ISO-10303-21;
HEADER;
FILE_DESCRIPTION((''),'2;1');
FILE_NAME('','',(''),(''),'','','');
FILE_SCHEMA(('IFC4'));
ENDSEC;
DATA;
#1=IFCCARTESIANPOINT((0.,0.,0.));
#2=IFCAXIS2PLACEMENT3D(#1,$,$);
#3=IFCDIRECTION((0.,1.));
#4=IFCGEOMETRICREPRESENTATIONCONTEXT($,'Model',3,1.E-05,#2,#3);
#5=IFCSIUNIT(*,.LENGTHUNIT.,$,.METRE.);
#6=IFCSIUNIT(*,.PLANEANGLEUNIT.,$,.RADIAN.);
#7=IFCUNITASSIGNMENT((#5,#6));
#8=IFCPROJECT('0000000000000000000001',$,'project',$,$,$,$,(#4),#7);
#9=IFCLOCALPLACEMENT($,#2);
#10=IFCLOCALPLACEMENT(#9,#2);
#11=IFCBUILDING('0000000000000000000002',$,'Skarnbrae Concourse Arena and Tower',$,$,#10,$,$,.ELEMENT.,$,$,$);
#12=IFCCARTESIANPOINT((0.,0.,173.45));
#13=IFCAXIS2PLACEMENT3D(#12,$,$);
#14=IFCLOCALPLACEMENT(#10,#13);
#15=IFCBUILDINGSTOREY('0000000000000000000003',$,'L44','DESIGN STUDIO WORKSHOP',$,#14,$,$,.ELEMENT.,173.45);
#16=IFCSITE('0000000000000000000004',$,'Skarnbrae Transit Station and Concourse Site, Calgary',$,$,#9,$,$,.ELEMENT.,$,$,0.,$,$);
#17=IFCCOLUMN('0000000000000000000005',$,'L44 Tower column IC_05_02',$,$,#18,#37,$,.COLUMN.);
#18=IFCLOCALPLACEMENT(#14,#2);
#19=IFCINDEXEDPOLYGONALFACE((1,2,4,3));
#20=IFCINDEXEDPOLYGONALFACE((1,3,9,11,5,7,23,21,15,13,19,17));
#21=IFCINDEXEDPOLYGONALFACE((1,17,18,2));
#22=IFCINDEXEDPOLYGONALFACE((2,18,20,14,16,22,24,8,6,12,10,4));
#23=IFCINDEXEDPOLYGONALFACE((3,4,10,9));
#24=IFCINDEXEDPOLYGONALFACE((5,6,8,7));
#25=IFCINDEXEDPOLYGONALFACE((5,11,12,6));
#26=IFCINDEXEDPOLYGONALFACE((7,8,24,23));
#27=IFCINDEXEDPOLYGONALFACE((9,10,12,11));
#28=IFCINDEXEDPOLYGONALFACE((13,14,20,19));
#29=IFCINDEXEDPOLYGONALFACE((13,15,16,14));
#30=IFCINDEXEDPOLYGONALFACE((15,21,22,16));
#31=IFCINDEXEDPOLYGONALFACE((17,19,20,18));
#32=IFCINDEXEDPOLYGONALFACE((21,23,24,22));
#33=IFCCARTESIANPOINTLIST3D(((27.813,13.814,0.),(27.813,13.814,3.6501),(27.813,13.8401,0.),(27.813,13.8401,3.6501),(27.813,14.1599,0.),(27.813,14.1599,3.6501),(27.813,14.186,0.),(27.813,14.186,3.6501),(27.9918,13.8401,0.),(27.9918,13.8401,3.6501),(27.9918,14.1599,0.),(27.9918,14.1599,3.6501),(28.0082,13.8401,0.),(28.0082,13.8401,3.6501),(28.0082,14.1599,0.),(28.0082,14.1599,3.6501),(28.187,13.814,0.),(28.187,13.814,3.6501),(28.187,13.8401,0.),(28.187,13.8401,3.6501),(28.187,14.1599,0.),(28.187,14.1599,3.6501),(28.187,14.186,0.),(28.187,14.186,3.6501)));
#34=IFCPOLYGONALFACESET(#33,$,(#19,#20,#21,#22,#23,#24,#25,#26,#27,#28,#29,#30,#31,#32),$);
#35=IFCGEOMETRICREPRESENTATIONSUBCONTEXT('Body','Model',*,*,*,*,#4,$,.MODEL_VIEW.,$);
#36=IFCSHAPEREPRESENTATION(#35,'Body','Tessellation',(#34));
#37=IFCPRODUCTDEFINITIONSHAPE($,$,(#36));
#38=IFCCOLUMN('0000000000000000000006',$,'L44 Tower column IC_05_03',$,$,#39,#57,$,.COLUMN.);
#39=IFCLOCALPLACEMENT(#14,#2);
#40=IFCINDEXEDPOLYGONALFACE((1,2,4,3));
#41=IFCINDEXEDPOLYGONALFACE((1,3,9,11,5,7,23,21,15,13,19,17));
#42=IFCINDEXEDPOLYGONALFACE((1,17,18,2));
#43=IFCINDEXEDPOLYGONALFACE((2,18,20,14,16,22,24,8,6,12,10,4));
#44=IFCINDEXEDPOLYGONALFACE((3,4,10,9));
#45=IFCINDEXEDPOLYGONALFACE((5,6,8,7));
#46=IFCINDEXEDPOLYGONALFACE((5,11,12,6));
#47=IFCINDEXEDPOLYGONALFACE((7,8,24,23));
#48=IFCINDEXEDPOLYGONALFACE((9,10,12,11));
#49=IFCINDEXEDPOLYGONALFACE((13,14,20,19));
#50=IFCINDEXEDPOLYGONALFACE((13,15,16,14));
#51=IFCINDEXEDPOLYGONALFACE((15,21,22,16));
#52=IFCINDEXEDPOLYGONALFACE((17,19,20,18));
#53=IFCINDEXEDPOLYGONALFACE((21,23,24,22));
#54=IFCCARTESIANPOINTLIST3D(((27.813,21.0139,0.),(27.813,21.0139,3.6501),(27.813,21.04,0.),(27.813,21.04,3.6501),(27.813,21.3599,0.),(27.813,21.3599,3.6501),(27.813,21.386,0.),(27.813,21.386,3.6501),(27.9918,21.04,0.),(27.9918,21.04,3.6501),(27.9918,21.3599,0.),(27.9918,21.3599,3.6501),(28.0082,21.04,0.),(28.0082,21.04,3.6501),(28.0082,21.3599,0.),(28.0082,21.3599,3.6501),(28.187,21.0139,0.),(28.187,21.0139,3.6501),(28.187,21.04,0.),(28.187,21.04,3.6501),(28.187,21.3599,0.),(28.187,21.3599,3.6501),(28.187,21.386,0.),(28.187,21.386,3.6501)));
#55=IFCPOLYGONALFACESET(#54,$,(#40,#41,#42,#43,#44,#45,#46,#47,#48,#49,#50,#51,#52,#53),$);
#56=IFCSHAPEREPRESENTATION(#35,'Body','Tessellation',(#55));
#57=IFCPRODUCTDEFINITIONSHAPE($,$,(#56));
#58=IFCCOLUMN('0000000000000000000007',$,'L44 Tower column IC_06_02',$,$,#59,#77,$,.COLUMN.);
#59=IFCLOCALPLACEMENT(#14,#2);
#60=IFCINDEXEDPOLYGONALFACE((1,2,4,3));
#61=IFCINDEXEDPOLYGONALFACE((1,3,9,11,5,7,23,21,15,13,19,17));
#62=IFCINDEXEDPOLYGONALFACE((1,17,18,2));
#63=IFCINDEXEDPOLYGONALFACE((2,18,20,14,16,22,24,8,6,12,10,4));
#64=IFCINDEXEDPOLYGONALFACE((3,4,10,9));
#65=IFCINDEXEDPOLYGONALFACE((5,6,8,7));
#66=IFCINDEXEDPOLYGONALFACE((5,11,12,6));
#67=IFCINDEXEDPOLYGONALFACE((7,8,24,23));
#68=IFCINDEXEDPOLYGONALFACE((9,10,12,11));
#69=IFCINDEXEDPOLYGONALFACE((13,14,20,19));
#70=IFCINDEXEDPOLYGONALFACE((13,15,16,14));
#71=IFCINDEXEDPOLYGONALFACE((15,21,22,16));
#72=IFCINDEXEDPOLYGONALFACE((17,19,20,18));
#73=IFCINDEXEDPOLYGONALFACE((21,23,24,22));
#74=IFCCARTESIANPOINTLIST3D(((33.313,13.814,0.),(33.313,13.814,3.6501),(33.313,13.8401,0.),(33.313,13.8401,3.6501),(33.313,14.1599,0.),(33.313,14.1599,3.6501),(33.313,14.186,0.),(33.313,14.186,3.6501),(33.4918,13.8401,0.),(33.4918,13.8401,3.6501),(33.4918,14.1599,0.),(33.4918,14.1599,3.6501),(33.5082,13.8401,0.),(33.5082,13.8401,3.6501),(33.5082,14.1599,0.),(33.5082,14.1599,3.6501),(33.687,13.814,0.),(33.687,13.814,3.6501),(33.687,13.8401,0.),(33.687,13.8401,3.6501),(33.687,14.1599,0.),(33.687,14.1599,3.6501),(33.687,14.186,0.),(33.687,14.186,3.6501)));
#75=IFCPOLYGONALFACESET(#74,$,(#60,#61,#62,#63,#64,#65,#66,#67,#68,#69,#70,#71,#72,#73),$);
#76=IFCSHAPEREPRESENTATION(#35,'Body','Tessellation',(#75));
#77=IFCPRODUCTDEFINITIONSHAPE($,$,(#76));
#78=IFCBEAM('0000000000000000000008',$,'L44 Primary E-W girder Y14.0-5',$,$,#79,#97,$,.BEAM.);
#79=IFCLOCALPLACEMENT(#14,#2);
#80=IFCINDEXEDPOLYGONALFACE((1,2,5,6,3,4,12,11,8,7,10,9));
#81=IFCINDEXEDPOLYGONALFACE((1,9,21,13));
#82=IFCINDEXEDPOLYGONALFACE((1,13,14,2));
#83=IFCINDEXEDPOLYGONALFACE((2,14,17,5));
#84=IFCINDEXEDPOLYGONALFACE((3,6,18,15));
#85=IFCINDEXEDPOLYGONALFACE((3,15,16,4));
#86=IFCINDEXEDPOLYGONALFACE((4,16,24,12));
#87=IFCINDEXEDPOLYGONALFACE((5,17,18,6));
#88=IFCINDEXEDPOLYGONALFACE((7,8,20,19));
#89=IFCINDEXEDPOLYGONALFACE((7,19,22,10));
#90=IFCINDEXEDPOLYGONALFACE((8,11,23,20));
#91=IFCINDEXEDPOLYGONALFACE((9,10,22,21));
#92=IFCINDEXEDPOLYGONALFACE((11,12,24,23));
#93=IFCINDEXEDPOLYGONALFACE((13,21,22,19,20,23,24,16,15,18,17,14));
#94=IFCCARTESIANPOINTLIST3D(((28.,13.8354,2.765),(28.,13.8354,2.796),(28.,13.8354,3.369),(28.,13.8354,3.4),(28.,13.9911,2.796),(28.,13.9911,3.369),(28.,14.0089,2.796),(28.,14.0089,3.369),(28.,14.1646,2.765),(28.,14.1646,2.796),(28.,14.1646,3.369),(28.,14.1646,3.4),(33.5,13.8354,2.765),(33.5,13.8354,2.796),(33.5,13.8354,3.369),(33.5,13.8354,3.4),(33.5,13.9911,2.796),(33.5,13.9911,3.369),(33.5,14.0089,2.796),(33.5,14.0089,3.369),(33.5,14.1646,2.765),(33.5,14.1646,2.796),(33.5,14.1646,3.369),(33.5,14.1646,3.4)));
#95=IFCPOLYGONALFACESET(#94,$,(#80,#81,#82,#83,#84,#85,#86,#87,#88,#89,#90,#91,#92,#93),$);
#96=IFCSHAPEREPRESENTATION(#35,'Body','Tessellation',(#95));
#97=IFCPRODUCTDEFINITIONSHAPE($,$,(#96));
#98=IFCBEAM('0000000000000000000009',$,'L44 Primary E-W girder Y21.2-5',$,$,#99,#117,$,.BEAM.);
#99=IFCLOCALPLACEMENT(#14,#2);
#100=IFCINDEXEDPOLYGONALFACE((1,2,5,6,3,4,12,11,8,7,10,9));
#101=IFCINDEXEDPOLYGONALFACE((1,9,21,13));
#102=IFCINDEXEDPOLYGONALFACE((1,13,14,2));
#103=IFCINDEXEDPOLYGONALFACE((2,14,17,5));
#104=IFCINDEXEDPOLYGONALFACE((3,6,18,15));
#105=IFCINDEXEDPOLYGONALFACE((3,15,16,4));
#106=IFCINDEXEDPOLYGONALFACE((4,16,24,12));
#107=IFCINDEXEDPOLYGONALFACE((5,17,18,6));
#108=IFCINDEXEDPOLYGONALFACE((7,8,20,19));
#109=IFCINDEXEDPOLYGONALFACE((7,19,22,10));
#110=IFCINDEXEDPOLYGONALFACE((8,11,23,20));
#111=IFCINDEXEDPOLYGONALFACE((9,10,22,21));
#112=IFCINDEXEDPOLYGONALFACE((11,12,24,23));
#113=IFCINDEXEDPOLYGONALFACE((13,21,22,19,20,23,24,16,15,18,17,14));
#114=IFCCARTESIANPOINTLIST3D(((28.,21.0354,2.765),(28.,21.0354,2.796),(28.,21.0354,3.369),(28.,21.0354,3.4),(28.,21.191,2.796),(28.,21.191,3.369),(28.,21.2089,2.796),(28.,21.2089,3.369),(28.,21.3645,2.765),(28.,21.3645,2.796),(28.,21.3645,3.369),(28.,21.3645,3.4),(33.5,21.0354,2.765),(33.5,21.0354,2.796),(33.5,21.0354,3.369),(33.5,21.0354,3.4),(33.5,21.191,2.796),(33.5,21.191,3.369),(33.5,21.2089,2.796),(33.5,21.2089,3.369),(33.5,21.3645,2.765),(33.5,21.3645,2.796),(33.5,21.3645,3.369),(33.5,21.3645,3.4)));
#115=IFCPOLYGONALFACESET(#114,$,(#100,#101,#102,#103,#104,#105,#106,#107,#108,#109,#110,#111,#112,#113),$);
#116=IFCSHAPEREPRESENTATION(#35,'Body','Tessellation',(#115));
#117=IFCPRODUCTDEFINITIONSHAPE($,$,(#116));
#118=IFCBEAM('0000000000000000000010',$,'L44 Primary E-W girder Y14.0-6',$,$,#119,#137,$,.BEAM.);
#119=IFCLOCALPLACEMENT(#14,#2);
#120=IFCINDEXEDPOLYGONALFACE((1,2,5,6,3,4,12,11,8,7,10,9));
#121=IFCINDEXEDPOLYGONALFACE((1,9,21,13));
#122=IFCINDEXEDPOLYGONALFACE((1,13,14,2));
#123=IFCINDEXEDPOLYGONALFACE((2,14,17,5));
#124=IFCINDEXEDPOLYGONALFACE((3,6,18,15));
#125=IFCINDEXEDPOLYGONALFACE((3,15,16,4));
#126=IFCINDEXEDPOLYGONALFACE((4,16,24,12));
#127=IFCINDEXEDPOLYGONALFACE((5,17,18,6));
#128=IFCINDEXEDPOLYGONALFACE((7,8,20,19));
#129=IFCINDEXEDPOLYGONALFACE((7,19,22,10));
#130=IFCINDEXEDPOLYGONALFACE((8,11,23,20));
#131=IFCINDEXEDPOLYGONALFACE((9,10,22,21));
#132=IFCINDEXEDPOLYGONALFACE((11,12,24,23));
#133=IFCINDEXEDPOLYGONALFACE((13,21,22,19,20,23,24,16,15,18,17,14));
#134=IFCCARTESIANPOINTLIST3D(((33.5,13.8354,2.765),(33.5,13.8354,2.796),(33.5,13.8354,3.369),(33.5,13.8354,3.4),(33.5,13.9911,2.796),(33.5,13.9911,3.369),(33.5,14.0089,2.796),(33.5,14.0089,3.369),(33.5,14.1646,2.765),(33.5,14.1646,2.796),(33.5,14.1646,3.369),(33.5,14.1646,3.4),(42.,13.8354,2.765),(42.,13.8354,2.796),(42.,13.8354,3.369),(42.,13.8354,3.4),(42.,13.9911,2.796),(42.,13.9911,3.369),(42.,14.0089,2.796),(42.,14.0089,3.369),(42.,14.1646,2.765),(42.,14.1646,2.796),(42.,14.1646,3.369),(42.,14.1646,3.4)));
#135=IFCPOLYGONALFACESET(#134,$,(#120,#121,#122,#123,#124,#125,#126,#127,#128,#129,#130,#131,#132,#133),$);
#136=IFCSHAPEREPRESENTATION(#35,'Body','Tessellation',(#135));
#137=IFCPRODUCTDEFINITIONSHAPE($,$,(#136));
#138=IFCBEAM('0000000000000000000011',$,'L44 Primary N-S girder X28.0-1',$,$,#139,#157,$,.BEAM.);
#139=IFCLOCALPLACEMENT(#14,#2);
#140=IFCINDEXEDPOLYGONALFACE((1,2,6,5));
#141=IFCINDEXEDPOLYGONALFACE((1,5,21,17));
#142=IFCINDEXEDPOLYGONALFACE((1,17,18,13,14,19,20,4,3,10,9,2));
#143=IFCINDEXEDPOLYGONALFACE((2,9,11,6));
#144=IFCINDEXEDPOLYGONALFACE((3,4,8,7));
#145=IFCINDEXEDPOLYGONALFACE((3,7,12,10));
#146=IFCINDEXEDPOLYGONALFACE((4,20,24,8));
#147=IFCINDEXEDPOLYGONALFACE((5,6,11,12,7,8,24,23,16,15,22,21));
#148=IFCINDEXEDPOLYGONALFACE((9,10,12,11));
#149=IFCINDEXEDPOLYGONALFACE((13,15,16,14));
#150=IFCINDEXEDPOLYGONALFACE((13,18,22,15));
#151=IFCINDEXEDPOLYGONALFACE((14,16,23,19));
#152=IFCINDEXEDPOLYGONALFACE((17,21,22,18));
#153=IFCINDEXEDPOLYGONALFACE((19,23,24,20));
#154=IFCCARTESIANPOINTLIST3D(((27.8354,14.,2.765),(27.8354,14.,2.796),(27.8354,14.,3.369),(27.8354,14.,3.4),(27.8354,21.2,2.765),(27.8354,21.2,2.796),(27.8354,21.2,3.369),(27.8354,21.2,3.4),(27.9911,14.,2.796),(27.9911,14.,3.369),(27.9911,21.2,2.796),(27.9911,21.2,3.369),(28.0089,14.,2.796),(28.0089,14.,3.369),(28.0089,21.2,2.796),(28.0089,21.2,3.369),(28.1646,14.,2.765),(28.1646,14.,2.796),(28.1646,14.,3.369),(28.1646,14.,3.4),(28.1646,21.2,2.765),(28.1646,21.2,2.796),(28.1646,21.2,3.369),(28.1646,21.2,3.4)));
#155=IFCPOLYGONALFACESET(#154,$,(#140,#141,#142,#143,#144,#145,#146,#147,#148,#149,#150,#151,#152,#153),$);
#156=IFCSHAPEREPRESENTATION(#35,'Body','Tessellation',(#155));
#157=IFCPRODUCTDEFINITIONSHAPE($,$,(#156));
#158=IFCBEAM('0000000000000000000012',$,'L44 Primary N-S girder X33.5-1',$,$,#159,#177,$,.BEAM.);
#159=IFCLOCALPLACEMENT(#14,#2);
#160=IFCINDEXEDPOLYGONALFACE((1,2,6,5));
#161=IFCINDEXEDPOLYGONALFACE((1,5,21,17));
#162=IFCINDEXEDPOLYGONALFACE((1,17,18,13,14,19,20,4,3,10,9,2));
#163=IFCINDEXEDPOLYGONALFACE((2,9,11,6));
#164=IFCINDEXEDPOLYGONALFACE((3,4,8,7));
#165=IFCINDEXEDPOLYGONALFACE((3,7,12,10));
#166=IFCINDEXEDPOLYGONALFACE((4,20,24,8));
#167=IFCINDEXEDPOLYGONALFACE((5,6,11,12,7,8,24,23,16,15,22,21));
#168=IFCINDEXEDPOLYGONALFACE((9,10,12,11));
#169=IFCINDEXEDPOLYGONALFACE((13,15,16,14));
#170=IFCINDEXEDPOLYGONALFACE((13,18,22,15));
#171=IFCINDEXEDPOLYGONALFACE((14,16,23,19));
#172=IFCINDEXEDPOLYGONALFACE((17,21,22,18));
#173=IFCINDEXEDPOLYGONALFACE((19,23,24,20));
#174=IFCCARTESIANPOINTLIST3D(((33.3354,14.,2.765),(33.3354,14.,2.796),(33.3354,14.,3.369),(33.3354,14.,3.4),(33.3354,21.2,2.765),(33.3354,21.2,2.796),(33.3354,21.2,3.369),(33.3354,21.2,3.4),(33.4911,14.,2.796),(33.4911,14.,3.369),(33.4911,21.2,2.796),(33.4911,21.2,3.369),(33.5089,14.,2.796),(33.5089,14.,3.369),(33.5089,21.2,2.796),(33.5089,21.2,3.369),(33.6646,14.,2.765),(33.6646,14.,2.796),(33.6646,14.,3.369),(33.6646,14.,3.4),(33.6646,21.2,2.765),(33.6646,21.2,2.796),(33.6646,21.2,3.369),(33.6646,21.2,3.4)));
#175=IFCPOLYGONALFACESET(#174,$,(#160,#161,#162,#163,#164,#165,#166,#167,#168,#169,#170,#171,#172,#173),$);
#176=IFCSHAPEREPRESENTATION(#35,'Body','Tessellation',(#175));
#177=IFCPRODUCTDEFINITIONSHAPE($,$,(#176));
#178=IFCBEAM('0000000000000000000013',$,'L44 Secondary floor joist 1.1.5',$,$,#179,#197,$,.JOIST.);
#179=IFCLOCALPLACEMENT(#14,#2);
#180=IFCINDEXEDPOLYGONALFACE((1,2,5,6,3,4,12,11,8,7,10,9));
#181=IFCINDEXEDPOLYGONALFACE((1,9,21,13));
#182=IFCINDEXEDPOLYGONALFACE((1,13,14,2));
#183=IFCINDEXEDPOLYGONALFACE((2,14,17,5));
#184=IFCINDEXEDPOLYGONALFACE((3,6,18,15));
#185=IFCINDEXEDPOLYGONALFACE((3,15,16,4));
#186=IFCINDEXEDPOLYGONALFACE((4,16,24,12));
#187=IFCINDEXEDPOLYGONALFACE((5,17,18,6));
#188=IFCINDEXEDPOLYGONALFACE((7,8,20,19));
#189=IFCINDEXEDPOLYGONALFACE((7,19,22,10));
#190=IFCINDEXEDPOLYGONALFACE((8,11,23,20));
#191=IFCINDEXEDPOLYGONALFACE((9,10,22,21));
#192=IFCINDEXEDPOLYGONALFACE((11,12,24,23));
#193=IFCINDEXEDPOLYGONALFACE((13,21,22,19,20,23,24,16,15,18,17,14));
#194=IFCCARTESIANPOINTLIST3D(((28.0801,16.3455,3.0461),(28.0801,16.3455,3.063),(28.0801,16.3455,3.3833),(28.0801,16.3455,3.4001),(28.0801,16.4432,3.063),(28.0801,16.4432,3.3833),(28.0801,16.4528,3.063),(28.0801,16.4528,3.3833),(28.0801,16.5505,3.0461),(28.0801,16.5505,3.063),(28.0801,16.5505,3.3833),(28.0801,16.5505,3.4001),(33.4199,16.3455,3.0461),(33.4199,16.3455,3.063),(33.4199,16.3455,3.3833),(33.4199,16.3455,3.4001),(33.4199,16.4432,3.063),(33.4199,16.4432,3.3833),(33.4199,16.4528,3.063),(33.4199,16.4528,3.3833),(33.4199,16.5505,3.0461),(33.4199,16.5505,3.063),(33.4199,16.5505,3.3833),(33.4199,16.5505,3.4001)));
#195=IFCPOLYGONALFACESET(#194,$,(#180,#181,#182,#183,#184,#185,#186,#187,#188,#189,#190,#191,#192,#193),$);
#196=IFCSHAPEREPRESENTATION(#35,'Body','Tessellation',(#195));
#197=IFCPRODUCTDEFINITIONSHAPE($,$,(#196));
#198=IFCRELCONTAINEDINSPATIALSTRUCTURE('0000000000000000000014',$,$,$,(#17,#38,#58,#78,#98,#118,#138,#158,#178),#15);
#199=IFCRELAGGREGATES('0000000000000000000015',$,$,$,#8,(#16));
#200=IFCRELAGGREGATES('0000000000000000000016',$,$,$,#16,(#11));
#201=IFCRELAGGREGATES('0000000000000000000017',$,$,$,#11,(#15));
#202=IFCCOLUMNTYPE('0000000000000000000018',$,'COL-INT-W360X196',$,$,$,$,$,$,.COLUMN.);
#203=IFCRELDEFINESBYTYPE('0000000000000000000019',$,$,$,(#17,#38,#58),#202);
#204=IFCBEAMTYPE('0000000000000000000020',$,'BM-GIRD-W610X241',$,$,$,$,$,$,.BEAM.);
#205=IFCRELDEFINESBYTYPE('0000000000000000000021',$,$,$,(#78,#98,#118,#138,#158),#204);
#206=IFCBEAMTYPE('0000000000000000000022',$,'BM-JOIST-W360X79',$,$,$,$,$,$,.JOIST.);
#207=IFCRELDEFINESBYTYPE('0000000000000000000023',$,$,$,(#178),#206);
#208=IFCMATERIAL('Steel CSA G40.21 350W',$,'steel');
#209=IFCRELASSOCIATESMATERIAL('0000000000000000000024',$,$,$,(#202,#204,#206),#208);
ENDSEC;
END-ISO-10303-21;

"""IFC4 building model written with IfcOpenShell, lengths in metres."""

from ifc_helpers import new_model, si_unit, direction, frame, origin, origin_2d, place, context, subcontext, project, spatial, i_section, extrude, source, transform, mapped, material, material_profile, profile_set, type_object, element, save


model = new_model("IFC4")

# Units and contexts
model_context = context("Model", 3, precision=1e-05, world=origin(), true_north=direction((0.0, 1.0)))
body_context = subcontext(model_context, "Body", "Model", "MODEL_VIEW")
ifc_project = project(units=[si_unit("LENGTHUNIT", "METRE"), si_unit("PLANEANGLEUNIT", "RADIAN")], contexts=[model_context])

# Site, building, storey
site_placement = place(None, origin())
site = spatial("IfcSite", under=ifc_project, at=site_placement, Name="Skarnbrae Transit Station and Concourse Site, Calgary", CompositionType="ELEMENT", RefElevation=0.0)
building_placement = place(site_placement, origin())
building = spatial("IfcBuilding", under=site, at=building_placement, Name="Skarnbrae Concourse Arena and Tower", CompositionType="ELEMENT")
storey_placement = place(building_placement, frame((0.0, 0.0, 173.45)))
storey = spatial("IfcBuildingStorey", under=building, at=storey_placement, Name="L44", Description="DESIGN STUDIO WORKSHOP", CompositionType="ELEMENT", Elevation=173.45)

# Columns
ifc_material_1 = material(Name="Steel CSA G40.21 350W", Category="steel")
ifc_material_profile_1 = material_profile(ifc_material_1, i_section(OverallWidth=0.374, OverallDepth=0.3721, WebThickness=0.0164, FlangeThickness=0.0261, at=origin_2d()), Name="W360X196")
ifc_profile_set_1 = profile_set([ifc_material_profile_1], Name="Steel CSA G40.21 350W")
column_type = type_object("IfcColumnType", Name="COL-INT-W360X196", PredefinedType="COLUMN", material=ifc_profile_set_1)
shared_shape_1 = source(origin(), body_context, "Body", "SweptSolid", [
    extrude(i_section(OverallWidth=0.374, OverallDepth=0.3721, WebThickness=0.0164, FlangeThickness=0.0261, at=origin_2d()), origin(), (0.0, 0.0, 1.0), 3.6501),
])
for number, where, z_axis, x_axis, name in (
    (1, (28.0, 14.0, 0.0), (0.0, 0.0, 1.0), (1.0, 0.0, 0.0), "L44 Tower column IC_05_02"),
    (2, (28.0, 21.2, 0.0), (0.0, 0.0, 1.0), (1.0, 0.0, 0.0), "L44 Tower column IC_05_03"),
    (3, (33.5, 14.0, 0.0), (0.0, 0.0, 1.0), (1.0, 0.0, 0.0), "L44 Tower column IC_06_02"),
):
    element("IfcColumn", number, at=place(storey_placement, frame(where, z_axis=z_axis, x_axis=x_axis)), inside=storey, type_object=column_type, Name=name, PredefinedType="COLUMN", context=body_context, shape_type="MappedRepresentation", body=[
        mapped(shared_shape_1, transform((0.0, 0.0, 0.0))),
    ])

# Beams
ifc_material_profile_2 = material_profile(ifc_material_1, i_section(OverallWidth=0.3291, OverallDepth=0.635, WebThickness=0.0178, FlangeThickness=0.031, at=origin_2d()), Name="W610X241")
ifc_profile_set_2 = profile_set([ifc_material_profile_2], Name="Steel CSA G40.21 350W")
beam_type_1 = type_object("IfcBeamType", Name="BM-GIRD-W610X241", PredefinedType="BEAM", material=ifc_profile_set_2)
shared_shape_2 = source(origin(), body_context, "Body", "SweptSolid", [
    extrude(i_section(OverallWidth=0.3291, OverallDepth=0.635, WebThickness=0.0178, FlangeThickness=0.031, at=origin_2d()), origin(), (0.0, 0.0, 1.0), 5.5),
])
for number, where, z_axis, x_axis, name in (
    (4, (28.0, 14.0, 3.0825), (1.0, 0.0, 0.0), (0.0, 1.0, 0.0), "L44 Primary E-W girder Y14.0-5"),
    (5, (28.0, 21.2, 3.0825), (1.0, 0.0, 0.0), (0.0, 1.0, 0.0), "L44 Primary E-W girder Y21.2-5"),
):
    element("IfcBeam", number, at=place(storey_placement, frame(where, z_axis=z_axis, x_axis=x_axis)), inside=storey, type_object=beam_type_1, Name=name, PredefinedType="BEAM", context=body_context, shape_type="MappedRepresentation", body=[
        mapped(shared_shape_2, transform((0.0, 0.0, 0.0))),
    ])
shared_shape_3 = source(origin(), body_context, "Body", "SweptSolid", [
    extrude(i_section(OverallWidth=0.3291, OverallDepth=0.635, WebThickness=0.0178, FlangeThickness=0.031, at=origin_2d()), origin(), (0.0, 0.0, 1.0), 8.5),
])
beam_placement = place(storey_placement, frame((33.5, 14.0, 3.0825), z_axis=(1.0, 0.0, 0.0), x_axis=(0.0, 1.0, 0.0)))
element("IfcBeam", 6, at=beam_placement, inside=storey, type_object=beam_type_1, Name="L44 Primary E-W girder Y14.0-6", PredefinedType="BEAM", context=body_context, shape_type="MappedRepresentation", body=[
    mapped(shared_shape_3, transform((0.0, 0.0, 0.0))),
])
shared_shape_4 = source(origin(), body_context, "Body", "SweptSolid", [
    extrude(i_section(OverallWidth=0.3291, OverallDepth=0.635, WebThickness=0.0178, FlangeThickness=0.031, at=origin_2d()), origin(), (0.0, 0.0, 1.0), 7.2),
])
for number, where, z_axis, x_axis, name in (
    (7, (28.0, 14.0, 3.0825), (0.0, 1.0, 0.0), (-1.0, 0.0, 0.0), "L44 Primary N-S girder X28.0-1"),
    (8, (33.5, 14.0, 3.0825), (0.0, 1.0, 0.0), (-1.0, 0.0, 0.0), "L44 Primary N-S girder X33.5-1"),
):
    element("IfcBeam", number, at=place(storey_placement, frame(where, z_axis=z_axis, x_axis=x_axis)), inside=storey, type_object=beam_type_1, Name=name, PredefinedType="BEAM", context=body_context, shape_type="MappedRepresentation", body=[
        mapped(shared_shape_4, transform((0.0, 0.0, 0.0))),
    ])
ifc_material_profile_3 = material_profile(ifc_material_1, i_section(OverallWidth=0.2051, OverallDepth=0.354, WebThickness=0.0095, FlangeThickness=0.0168, at=origin_2d()), Name="W360X79")
ifc_profile_set_3 = profile_set([ifc_material_profile_3], Name="Steel CSA G40.21 350W")
beam_type_2 = type_object("IfcBeamType", Name="BM-JOIST-W360X79", PredefinedType="JOIST", material=ifc_profile_set_3)
shared_shape_5 = source(origin(), body_context, "Body", "SweptSolid", [
    extrude(i_section(OverallWidth=0.2051, OverallDepth=0.354, WebThickness=0.0095, FlangeThickness=0.0168, at=origin_2d()), origin(), (0.0, 0.0, 1.0), 5.3398),
])
for number, where, z_axis, x_axis, name in (
    (9, (28.0801, 16.448, 3.2231), (1.0, 0.0, 0.0), (0.0, 1.0, 0.0), "L44 Secondary floor joist 1.1.5"),
):
    element("IfcBeam", number, at=place(storey_placement, frame(where, z_axis=z_axis, x_axis=x_axis)), inside=storey, type_object=beam_type_2, Name=name, PredefinedType="JOIST", context=body_context, shape_type="MappedRepresentation", body=[
        mapped(shared_shape_5, transform((0.0, 0.0, 0.0))),
    ])

save(model, "model.ifc")
